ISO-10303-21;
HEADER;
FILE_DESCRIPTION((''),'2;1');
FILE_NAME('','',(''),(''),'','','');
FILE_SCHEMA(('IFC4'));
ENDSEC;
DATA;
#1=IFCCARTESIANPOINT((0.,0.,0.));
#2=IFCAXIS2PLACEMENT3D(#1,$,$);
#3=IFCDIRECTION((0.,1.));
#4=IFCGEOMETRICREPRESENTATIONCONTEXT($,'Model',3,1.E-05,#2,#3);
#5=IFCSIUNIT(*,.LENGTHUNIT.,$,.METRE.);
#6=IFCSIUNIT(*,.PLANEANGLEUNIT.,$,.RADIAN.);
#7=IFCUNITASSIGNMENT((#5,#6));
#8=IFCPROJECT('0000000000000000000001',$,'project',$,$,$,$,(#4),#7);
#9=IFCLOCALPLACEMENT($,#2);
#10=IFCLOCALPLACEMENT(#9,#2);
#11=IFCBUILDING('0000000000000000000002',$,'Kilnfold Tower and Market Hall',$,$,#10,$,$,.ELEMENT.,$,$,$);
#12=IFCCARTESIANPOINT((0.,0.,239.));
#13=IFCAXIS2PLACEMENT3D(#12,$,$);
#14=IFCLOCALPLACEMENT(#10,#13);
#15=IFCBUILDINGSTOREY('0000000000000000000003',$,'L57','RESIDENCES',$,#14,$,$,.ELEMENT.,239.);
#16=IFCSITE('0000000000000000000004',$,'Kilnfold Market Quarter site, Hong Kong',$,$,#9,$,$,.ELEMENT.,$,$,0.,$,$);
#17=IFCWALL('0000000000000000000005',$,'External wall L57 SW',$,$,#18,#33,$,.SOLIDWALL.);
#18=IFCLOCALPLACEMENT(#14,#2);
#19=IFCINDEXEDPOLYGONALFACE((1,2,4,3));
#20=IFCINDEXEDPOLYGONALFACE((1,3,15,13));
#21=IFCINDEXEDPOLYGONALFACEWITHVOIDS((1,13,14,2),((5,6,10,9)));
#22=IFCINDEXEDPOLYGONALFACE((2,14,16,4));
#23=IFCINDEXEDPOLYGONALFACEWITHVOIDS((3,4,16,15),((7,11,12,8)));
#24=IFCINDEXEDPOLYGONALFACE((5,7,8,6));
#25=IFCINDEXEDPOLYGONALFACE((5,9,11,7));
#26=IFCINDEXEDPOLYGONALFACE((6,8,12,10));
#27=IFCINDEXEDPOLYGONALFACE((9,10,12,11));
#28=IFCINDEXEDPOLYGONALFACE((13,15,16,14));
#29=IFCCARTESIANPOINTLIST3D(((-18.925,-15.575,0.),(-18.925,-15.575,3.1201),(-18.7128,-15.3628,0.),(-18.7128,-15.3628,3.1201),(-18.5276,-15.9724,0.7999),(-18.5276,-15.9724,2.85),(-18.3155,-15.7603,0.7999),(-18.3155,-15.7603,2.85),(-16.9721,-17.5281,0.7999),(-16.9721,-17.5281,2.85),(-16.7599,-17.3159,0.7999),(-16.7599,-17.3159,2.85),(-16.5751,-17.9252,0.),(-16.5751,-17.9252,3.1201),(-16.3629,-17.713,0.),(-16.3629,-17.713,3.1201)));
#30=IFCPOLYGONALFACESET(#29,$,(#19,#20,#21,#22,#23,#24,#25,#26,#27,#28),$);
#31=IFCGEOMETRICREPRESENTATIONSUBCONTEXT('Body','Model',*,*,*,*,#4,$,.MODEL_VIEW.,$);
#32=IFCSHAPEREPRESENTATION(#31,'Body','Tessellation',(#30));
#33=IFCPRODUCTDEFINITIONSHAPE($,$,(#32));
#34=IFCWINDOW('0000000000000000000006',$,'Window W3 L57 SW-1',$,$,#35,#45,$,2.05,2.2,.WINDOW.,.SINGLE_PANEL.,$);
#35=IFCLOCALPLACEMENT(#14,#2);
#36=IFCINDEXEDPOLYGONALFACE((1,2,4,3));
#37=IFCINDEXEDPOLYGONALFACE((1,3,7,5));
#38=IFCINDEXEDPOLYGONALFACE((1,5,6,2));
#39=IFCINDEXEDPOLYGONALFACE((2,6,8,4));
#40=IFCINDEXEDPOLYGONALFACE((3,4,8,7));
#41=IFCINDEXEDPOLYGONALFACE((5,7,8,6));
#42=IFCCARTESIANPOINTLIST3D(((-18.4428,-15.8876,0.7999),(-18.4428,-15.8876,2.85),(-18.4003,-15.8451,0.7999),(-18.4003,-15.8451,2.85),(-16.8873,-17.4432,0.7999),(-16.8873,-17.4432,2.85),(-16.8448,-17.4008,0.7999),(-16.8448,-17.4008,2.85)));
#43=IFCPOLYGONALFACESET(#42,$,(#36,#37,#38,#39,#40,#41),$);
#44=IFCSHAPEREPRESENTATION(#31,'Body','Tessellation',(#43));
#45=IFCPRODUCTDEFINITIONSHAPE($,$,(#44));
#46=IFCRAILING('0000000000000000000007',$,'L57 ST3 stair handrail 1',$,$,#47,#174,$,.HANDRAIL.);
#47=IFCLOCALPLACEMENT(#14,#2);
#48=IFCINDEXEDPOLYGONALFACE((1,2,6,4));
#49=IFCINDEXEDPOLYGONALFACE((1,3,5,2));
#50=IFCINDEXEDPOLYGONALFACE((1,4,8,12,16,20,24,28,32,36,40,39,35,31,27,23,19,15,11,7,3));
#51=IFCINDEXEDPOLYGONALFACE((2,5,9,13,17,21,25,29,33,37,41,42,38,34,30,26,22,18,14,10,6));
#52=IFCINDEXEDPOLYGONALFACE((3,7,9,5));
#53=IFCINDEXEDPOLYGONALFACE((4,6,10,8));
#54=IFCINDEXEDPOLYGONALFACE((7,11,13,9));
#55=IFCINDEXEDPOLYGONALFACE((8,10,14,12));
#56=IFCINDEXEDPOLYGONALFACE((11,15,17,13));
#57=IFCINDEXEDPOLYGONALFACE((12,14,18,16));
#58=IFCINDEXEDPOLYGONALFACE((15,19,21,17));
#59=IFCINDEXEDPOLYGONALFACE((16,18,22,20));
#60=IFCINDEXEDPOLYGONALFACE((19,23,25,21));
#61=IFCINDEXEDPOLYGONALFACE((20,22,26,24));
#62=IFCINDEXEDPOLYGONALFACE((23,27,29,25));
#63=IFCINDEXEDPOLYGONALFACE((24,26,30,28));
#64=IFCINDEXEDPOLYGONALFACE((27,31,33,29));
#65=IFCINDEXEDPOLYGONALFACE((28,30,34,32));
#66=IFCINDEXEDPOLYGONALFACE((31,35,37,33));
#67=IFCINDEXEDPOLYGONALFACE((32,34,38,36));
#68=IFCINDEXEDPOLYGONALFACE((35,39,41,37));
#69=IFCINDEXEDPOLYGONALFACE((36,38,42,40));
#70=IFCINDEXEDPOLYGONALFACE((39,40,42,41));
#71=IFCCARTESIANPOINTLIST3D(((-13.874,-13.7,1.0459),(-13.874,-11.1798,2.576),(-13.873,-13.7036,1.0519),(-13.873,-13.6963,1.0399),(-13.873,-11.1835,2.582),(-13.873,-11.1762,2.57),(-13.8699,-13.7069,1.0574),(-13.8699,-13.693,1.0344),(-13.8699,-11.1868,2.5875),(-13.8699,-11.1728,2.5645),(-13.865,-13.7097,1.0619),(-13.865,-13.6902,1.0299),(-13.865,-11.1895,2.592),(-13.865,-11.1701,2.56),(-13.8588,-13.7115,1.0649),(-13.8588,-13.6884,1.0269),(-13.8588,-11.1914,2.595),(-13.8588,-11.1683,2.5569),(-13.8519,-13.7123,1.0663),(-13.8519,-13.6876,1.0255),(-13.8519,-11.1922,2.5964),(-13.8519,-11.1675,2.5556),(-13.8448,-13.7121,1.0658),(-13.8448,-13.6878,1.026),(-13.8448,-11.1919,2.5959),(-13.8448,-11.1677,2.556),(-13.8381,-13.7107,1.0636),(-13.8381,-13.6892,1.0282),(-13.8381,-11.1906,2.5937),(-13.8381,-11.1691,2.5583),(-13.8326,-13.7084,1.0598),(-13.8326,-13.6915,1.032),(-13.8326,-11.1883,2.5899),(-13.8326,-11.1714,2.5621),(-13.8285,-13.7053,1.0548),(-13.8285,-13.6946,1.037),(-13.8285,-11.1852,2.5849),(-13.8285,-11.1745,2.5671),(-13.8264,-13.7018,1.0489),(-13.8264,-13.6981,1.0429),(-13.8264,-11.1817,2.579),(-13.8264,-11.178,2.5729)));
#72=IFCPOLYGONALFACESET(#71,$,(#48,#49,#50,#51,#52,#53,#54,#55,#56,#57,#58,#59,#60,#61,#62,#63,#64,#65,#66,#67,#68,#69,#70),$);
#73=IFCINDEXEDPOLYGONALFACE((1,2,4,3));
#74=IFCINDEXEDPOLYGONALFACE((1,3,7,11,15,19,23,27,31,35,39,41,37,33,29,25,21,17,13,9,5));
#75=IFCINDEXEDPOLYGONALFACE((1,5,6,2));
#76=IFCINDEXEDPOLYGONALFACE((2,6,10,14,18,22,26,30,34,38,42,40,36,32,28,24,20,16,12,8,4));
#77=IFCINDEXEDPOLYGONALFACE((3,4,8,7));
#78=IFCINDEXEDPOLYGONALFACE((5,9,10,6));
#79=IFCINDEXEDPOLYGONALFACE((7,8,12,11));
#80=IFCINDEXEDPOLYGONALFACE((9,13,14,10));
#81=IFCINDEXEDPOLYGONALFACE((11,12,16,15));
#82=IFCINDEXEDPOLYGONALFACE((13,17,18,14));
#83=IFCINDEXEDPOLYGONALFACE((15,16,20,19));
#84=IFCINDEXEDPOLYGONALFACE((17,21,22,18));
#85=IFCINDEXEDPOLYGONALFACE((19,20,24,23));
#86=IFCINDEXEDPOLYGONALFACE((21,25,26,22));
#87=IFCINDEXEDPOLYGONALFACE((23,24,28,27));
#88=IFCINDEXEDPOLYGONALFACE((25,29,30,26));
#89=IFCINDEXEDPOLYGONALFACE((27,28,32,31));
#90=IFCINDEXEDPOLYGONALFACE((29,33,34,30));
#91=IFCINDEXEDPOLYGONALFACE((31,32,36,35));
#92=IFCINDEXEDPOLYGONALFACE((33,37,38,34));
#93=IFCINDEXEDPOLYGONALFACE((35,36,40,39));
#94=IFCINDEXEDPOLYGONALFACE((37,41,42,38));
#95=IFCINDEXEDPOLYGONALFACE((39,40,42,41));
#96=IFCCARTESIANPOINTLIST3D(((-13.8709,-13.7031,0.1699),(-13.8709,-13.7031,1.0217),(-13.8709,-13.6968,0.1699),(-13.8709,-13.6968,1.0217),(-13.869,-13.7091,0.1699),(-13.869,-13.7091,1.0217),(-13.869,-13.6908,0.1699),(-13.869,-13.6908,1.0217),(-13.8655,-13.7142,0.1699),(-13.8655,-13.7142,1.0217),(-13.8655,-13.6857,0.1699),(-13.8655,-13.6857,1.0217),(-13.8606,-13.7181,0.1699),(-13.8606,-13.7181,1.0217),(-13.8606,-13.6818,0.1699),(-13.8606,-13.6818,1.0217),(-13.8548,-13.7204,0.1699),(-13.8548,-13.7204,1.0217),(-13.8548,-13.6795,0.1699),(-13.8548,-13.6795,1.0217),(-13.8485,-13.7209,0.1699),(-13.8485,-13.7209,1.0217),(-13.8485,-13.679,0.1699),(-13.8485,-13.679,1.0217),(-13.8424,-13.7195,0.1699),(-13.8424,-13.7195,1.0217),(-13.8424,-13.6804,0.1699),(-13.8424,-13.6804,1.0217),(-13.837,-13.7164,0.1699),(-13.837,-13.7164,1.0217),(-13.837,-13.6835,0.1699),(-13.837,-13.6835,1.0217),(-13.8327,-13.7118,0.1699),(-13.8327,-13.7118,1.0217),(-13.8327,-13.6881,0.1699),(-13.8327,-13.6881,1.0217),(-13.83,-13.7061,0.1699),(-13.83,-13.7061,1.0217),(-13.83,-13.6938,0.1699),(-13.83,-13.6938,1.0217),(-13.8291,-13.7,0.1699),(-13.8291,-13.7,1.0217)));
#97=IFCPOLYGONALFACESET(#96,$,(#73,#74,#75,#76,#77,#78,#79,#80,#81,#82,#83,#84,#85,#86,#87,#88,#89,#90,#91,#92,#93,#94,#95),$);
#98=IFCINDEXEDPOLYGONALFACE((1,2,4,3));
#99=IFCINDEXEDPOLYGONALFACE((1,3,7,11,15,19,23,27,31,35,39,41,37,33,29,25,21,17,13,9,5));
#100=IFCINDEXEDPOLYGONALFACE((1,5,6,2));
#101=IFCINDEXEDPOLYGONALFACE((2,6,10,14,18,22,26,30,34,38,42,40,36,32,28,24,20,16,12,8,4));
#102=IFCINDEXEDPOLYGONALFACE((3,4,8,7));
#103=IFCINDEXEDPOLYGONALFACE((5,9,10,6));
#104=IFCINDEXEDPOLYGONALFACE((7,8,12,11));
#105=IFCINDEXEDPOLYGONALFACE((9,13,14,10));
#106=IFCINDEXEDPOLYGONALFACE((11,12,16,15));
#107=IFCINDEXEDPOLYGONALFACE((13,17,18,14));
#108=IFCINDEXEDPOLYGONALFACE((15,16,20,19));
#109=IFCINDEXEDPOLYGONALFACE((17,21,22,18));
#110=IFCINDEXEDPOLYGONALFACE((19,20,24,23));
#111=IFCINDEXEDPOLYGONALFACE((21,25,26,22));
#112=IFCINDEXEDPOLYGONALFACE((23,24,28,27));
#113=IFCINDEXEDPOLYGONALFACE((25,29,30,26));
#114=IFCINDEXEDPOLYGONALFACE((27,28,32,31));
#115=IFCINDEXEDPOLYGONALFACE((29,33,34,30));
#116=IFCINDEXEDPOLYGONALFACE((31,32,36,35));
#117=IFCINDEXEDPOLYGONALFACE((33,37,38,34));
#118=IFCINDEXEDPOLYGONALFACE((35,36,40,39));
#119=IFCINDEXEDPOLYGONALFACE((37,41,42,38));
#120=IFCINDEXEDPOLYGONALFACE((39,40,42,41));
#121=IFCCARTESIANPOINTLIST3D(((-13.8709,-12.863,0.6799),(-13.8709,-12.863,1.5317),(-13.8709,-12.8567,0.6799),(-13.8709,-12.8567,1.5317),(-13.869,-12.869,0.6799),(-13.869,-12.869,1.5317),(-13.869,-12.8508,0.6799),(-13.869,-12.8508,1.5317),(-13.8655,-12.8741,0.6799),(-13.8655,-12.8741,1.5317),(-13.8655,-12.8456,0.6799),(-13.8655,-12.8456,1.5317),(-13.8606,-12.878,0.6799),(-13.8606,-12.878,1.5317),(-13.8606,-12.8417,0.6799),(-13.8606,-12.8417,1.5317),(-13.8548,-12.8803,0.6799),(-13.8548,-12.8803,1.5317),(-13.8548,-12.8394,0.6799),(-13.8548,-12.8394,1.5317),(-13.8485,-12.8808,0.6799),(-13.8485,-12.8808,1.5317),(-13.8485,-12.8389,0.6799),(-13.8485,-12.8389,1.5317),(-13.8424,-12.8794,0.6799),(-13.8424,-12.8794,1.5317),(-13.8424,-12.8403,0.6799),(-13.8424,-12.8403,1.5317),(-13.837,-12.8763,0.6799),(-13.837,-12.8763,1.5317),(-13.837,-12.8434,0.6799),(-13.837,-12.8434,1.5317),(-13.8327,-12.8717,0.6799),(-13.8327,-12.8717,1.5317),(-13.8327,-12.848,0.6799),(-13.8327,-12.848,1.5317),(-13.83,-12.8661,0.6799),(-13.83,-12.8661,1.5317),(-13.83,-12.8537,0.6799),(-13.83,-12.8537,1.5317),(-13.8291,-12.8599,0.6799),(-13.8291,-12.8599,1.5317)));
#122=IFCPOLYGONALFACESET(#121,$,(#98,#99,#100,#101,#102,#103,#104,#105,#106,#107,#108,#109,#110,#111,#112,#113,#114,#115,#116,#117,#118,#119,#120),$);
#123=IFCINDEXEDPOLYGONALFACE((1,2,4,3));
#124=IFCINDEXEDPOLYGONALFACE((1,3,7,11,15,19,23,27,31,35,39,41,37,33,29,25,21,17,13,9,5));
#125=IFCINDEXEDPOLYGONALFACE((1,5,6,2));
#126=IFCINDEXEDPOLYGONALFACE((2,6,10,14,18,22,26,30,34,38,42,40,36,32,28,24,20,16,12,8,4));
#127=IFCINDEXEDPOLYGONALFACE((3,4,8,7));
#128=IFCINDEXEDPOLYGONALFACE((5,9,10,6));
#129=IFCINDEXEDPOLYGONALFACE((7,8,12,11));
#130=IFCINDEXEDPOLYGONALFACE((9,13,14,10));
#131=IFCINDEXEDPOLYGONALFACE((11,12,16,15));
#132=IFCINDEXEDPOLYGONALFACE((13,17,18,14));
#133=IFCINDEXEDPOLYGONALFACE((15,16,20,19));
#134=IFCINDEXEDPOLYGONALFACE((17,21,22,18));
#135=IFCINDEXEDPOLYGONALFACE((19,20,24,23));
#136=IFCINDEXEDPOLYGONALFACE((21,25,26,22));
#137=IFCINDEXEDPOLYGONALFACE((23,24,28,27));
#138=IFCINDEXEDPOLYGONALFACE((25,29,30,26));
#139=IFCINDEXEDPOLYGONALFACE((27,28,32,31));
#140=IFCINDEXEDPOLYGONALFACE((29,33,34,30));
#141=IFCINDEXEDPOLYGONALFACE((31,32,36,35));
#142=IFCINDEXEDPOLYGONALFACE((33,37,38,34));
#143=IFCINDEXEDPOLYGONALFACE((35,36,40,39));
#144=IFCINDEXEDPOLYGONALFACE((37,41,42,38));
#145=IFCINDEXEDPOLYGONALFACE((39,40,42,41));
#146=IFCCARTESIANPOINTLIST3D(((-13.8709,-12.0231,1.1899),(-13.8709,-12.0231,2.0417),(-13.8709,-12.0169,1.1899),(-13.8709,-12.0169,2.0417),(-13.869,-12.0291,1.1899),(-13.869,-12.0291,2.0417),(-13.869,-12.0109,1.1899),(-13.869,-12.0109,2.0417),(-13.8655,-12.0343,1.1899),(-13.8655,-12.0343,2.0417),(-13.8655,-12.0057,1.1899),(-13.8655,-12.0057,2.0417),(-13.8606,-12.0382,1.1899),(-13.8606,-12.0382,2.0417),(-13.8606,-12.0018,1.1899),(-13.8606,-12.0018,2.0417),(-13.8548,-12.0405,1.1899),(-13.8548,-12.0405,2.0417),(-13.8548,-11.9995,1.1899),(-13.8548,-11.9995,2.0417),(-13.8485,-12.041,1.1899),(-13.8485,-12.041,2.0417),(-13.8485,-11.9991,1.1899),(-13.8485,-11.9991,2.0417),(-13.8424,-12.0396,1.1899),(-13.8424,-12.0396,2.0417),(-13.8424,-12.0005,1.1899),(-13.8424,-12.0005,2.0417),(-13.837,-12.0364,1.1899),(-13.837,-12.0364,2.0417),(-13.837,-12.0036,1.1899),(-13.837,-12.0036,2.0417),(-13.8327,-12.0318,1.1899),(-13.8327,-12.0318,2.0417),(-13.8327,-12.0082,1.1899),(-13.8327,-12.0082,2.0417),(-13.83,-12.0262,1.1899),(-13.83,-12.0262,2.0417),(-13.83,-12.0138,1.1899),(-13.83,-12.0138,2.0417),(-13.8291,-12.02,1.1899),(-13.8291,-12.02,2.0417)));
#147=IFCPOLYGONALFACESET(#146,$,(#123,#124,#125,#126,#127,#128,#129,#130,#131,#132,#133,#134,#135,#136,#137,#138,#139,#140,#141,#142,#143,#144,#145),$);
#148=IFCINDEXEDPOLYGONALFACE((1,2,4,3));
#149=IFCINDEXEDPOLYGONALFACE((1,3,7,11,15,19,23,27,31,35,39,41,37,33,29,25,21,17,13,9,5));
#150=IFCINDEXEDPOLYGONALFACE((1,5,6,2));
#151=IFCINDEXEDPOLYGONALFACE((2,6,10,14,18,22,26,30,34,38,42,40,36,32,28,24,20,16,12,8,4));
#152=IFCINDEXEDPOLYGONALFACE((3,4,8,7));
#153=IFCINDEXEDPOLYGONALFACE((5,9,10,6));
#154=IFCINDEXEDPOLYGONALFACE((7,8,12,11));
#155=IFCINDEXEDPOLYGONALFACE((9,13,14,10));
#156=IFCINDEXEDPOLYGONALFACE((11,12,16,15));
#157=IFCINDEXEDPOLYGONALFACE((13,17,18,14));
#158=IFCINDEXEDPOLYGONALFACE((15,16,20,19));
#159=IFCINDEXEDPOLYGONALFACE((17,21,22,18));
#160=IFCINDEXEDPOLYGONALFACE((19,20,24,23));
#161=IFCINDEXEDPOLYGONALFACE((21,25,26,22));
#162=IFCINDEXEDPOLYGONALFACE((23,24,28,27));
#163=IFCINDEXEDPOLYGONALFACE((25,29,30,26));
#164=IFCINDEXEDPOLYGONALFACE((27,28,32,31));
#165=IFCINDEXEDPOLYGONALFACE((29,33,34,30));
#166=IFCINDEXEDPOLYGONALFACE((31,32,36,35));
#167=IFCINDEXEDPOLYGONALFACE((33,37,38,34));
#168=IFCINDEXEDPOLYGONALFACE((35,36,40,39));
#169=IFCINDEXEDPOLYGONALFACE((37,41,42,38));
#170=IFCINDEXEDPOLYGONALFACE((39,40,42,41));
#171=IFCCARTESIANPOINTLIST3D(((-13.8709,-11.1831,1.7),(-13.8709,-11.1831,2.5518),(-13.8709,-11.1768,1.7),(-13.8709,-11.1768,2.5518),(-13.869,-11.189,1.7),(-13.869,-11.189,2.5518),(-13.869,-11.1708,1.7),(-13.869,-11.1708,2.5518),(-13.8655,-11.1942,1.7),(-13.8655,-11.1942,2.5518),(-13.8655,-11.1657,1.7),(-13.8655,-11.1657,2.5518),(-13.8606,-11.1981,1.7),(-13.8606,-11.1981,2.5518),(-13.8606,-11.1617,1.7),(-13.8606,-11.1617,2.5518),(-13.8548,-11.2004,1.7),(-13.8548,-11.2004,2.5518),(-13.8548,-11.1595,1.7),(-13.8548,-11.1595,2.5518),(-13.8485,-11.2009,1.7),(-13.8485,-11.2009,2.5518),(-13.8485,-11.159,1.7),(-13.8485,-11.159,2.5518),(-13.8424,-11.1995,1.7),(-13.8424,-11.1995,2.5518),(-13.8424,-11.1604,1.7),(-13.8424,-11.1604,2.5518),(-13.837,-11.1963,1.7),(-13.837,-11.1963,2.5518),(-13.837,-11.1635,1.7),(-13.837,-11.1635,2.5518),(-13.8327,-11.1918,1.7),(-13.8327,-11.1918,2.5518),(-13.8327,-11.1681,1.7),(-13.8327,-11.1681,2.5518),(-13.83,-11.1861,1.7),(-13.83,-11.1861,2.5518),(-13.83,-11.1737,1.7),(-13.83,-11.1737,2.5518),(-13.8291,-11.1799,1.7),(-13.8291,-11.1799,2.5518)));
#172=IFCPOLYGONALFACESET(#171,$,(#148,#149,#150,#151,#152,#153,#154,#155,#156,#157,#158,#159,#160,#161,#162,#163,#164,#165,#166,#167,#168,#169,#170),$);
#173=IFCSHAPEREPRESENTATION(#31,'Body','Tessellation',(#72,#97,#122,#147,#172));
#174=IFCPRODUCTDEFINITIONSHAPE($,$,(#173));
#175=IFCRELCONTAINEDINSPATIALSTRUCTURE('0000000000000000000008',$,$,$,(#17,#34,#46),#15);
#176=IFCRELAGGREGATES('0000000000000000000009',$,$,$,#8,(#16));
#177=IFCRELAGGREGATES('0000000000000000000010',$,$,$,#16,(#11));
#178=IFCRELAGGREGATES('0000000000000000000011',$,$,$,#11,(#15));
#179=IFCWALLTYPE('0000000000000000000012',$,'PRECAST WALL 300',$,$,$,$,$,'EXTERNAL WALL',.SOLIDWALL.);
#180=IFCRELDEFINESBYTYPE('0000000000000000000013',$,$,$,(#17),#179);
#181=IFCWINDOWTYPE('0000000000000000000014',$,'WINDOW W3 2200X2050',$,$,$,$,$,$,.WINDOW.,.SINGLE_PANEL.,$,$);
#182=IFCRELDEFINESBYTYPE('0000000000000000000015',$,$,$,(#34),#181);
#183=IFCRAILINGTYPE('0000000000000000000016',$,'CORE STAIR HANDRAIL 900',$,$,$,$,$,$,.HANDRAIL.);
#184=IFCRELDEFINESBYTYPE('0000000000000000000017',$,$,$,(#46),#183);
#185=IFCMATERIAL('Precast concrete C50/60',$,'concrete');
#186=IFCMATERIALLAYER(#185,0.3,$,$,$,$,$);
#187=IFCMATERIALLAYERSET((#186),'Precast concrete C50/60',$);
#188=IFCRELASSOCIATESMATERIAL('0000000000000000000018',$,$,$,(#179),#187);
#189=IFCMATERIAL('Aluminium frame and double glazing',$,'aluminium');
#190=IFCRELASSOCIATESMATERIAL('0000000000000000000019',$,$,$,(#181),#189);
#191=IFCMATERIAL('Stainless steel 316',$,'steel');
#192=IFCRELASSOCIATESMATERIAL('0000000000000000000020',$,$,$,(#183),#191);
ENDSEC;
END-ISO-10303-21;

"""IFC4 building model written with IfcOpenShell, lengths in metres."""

from ifc_helpers import new_model, si_unit, direction, frame, frame_2d, origin, origin_2d, place, context, subcontext, project, spatial, rectangle, circle, extrude, source, transform, mapped, material, layer, layer_set, type_object, element, fill, save


model = new_model("IFC4")

# Units and contexts
model_context = context("Model", 3, precision=1e-05, world=origin(), true_north=direction((0.0, 1.0)))
body_context = subcontext(model_context, "Body", "Model", "MODEL_VIEW")
ifc_project = project(units=[si_unit("LENGTHUNIT", "METRE"), si_unit("PLANEANGLEUNIT", "RADIAN")], contexts=[model_context])

# Site, building, storey
site_placement = place(None, origin())
site = spatial("IfcSite", under=ifc_project, at=site_placement, Name="Kilnfold Market Quarter site, Hong Kong", CompositionType="ELEMENT", RefElevation=0.0)
building_placement = place(site_placement, origin())
building = spatial("IfcBuilding", under=site, at=building_placement, Name="Kilnfold Tower and Market Hall", CompositionType="ELEMENT")
storey_placement = place(building_placement, frame((0.0, 0.0, 239.0)))
storey = spatial("IfcBuildingStorey", under=building, at=storey_placement, Name="L57", Description="RESIDENCES", CompositionType="ELEMENT", Elevation=239.0)

# Shared definitions
ifc_material_1 = material(Name="Precast concrete C50/60", Category="concrete")
ifc_layer_1 = layer(ifc_material_1, 0.3)
ifc_layer_set_1 = layer_set([ifc_layer_1], Name="Precast concrete C50/60")
wall_type_1 = type_object("IfcWallType", Name="PRECAST WALL 300", ElementType="EXTERNAL WALL", PredefinedType="SOLIDWALL", material=ifc_layer_set_1)

# Wall, opening, window
shared_shape_1 = source(origin(), body_context, "Body", "SweptSolid", [
    extrude(rectangle(XDim=3.3235, YDim=0.3, at=frame_2d((1.6616, 0.0))), origin(), (0.0, 0.0, 1.0), 3.1201),
])
wall_1_placement = place(storey_placement, frame((-18.8188, -15.469, 0.0), z_axis=(0.0, 0.0, 1.0), x_axis=(0.70707, -0.707144, 0.0)))
wall_1 = element("IfcWall", 1, at=wall_1_placement, inside=storey, type_object=wall_type_1, Name="External wall L57 SW", PredefinedType="SOLIDWALL", context=body_context, shape_type="MappedRepresentation", body=[
    mapped(shared_shape_1, transform((0.0, 0.0, 0.0))),
])
opening_1_placement = place(wall_1_placement, frame((0.5618, 0.0, 0.8)))
opening_1 = element("IfcOpeningElement", 2, at=opening_1_placement, cuts=wall_1, PredefinedType="OPENING", context=body_context, shape_type="SweptSolid", body=[
    extrude(rectangle(XDim=2.2, YDim=2.05, at=frame_2d((1.1001, 1.0249))), frame((0.0, 0.1602, 0.0), z_axis=(0.0, -1.0, 0.0), x_axis=(1.0, 0.0, 0.0)), (0.0, 0.0, 1.0), 0.3201),
])
ifc_material_2 = material(Name="Aluminium frame and double glazing", Category="aluminium")
window_type_1 = type_object("IfcWindowType", Name="WINDOW W3 2200X2050", PartitioningType="SINGLE_PANEL", PredefinedType="WINDOW", material=ifc_material_2)
window_1_placement = place(opening_1_placement, origin())
window_1 = element("IfcWindow", 3, at=window_1_placement, inside=storey, type_object=window_type_1, Name="Window W3 L57 SW-1", OverallHeight=2.05, OverallWidth=2.2, PartitioningType="SINGLE_PANEL", PredefinedType="WINDOW", context=body_context, shape_type="SweptSolid", body=[
    extrude(rectangle(XDim=2.2, YDim=2.05, at=frame_2d((1.1001, 1.0249))), frame((0.0, 0.03, 0.0), z_axis=(0.0, -1.0, 0.0), x_axis=(1.0, 0.0, 0.0)), (0.0, 0.0, 1.0), 0.0601),
])
fill(opening_1, window_1)

# Railing
ifc_material_3 = material(Name="Stainless steel 316", Category="steel")
railing_type_1 = type_object("IfcRailingType", Name="CORE STAIR HANDRAIL 900", PredefinedType="HANDRAIL", material=ifc_material_3)
railing_1_placement = place(storey_placement, frame((-13.8501, -13.7, 0.1699)))
element("IfcRailing", 4, at=railing_1_placement, inside=storey, type_object=railing_type_1, Name="L57 ST3 stair handrail 1", PredefinedType="HANDRAIL", context=body_context, shape_type="SweptSolid", body=[
    extrude(circle(Radius=0.0239, at=origin_2d()), frame((0.0, 0.0, 0.876), z_axis=(0.0, 0.854785, 0.518982), x_axis=(-1.0, 0.0, 0.0)), (0.0, 0.0, 1.0), 2.9482),
    extrude(circle(Radius=0.021, at=origin_2d()), origin(), (0.0, 0.0, 1.0), 0.8518),
    extrude(circle(Radius=0.021, at=origin_2d()), frame((0.0, 0.8401, 0.51)), (0.0, 0.0, 1.0), 0.8518),
    extrude(circle(Radius=0.021, at=origin_2d()), frame((0.0, 1.6799, 1.02)), (0.0, 0.0, 1.0), 0.8518),
    extrude(circle(Radius=0.021, at=origin_2d()), frame((0.0, 2.52, 1.53)), (0.0, 0.0, 1.0), 0.8518),
])

save(model, "model.ifc")
